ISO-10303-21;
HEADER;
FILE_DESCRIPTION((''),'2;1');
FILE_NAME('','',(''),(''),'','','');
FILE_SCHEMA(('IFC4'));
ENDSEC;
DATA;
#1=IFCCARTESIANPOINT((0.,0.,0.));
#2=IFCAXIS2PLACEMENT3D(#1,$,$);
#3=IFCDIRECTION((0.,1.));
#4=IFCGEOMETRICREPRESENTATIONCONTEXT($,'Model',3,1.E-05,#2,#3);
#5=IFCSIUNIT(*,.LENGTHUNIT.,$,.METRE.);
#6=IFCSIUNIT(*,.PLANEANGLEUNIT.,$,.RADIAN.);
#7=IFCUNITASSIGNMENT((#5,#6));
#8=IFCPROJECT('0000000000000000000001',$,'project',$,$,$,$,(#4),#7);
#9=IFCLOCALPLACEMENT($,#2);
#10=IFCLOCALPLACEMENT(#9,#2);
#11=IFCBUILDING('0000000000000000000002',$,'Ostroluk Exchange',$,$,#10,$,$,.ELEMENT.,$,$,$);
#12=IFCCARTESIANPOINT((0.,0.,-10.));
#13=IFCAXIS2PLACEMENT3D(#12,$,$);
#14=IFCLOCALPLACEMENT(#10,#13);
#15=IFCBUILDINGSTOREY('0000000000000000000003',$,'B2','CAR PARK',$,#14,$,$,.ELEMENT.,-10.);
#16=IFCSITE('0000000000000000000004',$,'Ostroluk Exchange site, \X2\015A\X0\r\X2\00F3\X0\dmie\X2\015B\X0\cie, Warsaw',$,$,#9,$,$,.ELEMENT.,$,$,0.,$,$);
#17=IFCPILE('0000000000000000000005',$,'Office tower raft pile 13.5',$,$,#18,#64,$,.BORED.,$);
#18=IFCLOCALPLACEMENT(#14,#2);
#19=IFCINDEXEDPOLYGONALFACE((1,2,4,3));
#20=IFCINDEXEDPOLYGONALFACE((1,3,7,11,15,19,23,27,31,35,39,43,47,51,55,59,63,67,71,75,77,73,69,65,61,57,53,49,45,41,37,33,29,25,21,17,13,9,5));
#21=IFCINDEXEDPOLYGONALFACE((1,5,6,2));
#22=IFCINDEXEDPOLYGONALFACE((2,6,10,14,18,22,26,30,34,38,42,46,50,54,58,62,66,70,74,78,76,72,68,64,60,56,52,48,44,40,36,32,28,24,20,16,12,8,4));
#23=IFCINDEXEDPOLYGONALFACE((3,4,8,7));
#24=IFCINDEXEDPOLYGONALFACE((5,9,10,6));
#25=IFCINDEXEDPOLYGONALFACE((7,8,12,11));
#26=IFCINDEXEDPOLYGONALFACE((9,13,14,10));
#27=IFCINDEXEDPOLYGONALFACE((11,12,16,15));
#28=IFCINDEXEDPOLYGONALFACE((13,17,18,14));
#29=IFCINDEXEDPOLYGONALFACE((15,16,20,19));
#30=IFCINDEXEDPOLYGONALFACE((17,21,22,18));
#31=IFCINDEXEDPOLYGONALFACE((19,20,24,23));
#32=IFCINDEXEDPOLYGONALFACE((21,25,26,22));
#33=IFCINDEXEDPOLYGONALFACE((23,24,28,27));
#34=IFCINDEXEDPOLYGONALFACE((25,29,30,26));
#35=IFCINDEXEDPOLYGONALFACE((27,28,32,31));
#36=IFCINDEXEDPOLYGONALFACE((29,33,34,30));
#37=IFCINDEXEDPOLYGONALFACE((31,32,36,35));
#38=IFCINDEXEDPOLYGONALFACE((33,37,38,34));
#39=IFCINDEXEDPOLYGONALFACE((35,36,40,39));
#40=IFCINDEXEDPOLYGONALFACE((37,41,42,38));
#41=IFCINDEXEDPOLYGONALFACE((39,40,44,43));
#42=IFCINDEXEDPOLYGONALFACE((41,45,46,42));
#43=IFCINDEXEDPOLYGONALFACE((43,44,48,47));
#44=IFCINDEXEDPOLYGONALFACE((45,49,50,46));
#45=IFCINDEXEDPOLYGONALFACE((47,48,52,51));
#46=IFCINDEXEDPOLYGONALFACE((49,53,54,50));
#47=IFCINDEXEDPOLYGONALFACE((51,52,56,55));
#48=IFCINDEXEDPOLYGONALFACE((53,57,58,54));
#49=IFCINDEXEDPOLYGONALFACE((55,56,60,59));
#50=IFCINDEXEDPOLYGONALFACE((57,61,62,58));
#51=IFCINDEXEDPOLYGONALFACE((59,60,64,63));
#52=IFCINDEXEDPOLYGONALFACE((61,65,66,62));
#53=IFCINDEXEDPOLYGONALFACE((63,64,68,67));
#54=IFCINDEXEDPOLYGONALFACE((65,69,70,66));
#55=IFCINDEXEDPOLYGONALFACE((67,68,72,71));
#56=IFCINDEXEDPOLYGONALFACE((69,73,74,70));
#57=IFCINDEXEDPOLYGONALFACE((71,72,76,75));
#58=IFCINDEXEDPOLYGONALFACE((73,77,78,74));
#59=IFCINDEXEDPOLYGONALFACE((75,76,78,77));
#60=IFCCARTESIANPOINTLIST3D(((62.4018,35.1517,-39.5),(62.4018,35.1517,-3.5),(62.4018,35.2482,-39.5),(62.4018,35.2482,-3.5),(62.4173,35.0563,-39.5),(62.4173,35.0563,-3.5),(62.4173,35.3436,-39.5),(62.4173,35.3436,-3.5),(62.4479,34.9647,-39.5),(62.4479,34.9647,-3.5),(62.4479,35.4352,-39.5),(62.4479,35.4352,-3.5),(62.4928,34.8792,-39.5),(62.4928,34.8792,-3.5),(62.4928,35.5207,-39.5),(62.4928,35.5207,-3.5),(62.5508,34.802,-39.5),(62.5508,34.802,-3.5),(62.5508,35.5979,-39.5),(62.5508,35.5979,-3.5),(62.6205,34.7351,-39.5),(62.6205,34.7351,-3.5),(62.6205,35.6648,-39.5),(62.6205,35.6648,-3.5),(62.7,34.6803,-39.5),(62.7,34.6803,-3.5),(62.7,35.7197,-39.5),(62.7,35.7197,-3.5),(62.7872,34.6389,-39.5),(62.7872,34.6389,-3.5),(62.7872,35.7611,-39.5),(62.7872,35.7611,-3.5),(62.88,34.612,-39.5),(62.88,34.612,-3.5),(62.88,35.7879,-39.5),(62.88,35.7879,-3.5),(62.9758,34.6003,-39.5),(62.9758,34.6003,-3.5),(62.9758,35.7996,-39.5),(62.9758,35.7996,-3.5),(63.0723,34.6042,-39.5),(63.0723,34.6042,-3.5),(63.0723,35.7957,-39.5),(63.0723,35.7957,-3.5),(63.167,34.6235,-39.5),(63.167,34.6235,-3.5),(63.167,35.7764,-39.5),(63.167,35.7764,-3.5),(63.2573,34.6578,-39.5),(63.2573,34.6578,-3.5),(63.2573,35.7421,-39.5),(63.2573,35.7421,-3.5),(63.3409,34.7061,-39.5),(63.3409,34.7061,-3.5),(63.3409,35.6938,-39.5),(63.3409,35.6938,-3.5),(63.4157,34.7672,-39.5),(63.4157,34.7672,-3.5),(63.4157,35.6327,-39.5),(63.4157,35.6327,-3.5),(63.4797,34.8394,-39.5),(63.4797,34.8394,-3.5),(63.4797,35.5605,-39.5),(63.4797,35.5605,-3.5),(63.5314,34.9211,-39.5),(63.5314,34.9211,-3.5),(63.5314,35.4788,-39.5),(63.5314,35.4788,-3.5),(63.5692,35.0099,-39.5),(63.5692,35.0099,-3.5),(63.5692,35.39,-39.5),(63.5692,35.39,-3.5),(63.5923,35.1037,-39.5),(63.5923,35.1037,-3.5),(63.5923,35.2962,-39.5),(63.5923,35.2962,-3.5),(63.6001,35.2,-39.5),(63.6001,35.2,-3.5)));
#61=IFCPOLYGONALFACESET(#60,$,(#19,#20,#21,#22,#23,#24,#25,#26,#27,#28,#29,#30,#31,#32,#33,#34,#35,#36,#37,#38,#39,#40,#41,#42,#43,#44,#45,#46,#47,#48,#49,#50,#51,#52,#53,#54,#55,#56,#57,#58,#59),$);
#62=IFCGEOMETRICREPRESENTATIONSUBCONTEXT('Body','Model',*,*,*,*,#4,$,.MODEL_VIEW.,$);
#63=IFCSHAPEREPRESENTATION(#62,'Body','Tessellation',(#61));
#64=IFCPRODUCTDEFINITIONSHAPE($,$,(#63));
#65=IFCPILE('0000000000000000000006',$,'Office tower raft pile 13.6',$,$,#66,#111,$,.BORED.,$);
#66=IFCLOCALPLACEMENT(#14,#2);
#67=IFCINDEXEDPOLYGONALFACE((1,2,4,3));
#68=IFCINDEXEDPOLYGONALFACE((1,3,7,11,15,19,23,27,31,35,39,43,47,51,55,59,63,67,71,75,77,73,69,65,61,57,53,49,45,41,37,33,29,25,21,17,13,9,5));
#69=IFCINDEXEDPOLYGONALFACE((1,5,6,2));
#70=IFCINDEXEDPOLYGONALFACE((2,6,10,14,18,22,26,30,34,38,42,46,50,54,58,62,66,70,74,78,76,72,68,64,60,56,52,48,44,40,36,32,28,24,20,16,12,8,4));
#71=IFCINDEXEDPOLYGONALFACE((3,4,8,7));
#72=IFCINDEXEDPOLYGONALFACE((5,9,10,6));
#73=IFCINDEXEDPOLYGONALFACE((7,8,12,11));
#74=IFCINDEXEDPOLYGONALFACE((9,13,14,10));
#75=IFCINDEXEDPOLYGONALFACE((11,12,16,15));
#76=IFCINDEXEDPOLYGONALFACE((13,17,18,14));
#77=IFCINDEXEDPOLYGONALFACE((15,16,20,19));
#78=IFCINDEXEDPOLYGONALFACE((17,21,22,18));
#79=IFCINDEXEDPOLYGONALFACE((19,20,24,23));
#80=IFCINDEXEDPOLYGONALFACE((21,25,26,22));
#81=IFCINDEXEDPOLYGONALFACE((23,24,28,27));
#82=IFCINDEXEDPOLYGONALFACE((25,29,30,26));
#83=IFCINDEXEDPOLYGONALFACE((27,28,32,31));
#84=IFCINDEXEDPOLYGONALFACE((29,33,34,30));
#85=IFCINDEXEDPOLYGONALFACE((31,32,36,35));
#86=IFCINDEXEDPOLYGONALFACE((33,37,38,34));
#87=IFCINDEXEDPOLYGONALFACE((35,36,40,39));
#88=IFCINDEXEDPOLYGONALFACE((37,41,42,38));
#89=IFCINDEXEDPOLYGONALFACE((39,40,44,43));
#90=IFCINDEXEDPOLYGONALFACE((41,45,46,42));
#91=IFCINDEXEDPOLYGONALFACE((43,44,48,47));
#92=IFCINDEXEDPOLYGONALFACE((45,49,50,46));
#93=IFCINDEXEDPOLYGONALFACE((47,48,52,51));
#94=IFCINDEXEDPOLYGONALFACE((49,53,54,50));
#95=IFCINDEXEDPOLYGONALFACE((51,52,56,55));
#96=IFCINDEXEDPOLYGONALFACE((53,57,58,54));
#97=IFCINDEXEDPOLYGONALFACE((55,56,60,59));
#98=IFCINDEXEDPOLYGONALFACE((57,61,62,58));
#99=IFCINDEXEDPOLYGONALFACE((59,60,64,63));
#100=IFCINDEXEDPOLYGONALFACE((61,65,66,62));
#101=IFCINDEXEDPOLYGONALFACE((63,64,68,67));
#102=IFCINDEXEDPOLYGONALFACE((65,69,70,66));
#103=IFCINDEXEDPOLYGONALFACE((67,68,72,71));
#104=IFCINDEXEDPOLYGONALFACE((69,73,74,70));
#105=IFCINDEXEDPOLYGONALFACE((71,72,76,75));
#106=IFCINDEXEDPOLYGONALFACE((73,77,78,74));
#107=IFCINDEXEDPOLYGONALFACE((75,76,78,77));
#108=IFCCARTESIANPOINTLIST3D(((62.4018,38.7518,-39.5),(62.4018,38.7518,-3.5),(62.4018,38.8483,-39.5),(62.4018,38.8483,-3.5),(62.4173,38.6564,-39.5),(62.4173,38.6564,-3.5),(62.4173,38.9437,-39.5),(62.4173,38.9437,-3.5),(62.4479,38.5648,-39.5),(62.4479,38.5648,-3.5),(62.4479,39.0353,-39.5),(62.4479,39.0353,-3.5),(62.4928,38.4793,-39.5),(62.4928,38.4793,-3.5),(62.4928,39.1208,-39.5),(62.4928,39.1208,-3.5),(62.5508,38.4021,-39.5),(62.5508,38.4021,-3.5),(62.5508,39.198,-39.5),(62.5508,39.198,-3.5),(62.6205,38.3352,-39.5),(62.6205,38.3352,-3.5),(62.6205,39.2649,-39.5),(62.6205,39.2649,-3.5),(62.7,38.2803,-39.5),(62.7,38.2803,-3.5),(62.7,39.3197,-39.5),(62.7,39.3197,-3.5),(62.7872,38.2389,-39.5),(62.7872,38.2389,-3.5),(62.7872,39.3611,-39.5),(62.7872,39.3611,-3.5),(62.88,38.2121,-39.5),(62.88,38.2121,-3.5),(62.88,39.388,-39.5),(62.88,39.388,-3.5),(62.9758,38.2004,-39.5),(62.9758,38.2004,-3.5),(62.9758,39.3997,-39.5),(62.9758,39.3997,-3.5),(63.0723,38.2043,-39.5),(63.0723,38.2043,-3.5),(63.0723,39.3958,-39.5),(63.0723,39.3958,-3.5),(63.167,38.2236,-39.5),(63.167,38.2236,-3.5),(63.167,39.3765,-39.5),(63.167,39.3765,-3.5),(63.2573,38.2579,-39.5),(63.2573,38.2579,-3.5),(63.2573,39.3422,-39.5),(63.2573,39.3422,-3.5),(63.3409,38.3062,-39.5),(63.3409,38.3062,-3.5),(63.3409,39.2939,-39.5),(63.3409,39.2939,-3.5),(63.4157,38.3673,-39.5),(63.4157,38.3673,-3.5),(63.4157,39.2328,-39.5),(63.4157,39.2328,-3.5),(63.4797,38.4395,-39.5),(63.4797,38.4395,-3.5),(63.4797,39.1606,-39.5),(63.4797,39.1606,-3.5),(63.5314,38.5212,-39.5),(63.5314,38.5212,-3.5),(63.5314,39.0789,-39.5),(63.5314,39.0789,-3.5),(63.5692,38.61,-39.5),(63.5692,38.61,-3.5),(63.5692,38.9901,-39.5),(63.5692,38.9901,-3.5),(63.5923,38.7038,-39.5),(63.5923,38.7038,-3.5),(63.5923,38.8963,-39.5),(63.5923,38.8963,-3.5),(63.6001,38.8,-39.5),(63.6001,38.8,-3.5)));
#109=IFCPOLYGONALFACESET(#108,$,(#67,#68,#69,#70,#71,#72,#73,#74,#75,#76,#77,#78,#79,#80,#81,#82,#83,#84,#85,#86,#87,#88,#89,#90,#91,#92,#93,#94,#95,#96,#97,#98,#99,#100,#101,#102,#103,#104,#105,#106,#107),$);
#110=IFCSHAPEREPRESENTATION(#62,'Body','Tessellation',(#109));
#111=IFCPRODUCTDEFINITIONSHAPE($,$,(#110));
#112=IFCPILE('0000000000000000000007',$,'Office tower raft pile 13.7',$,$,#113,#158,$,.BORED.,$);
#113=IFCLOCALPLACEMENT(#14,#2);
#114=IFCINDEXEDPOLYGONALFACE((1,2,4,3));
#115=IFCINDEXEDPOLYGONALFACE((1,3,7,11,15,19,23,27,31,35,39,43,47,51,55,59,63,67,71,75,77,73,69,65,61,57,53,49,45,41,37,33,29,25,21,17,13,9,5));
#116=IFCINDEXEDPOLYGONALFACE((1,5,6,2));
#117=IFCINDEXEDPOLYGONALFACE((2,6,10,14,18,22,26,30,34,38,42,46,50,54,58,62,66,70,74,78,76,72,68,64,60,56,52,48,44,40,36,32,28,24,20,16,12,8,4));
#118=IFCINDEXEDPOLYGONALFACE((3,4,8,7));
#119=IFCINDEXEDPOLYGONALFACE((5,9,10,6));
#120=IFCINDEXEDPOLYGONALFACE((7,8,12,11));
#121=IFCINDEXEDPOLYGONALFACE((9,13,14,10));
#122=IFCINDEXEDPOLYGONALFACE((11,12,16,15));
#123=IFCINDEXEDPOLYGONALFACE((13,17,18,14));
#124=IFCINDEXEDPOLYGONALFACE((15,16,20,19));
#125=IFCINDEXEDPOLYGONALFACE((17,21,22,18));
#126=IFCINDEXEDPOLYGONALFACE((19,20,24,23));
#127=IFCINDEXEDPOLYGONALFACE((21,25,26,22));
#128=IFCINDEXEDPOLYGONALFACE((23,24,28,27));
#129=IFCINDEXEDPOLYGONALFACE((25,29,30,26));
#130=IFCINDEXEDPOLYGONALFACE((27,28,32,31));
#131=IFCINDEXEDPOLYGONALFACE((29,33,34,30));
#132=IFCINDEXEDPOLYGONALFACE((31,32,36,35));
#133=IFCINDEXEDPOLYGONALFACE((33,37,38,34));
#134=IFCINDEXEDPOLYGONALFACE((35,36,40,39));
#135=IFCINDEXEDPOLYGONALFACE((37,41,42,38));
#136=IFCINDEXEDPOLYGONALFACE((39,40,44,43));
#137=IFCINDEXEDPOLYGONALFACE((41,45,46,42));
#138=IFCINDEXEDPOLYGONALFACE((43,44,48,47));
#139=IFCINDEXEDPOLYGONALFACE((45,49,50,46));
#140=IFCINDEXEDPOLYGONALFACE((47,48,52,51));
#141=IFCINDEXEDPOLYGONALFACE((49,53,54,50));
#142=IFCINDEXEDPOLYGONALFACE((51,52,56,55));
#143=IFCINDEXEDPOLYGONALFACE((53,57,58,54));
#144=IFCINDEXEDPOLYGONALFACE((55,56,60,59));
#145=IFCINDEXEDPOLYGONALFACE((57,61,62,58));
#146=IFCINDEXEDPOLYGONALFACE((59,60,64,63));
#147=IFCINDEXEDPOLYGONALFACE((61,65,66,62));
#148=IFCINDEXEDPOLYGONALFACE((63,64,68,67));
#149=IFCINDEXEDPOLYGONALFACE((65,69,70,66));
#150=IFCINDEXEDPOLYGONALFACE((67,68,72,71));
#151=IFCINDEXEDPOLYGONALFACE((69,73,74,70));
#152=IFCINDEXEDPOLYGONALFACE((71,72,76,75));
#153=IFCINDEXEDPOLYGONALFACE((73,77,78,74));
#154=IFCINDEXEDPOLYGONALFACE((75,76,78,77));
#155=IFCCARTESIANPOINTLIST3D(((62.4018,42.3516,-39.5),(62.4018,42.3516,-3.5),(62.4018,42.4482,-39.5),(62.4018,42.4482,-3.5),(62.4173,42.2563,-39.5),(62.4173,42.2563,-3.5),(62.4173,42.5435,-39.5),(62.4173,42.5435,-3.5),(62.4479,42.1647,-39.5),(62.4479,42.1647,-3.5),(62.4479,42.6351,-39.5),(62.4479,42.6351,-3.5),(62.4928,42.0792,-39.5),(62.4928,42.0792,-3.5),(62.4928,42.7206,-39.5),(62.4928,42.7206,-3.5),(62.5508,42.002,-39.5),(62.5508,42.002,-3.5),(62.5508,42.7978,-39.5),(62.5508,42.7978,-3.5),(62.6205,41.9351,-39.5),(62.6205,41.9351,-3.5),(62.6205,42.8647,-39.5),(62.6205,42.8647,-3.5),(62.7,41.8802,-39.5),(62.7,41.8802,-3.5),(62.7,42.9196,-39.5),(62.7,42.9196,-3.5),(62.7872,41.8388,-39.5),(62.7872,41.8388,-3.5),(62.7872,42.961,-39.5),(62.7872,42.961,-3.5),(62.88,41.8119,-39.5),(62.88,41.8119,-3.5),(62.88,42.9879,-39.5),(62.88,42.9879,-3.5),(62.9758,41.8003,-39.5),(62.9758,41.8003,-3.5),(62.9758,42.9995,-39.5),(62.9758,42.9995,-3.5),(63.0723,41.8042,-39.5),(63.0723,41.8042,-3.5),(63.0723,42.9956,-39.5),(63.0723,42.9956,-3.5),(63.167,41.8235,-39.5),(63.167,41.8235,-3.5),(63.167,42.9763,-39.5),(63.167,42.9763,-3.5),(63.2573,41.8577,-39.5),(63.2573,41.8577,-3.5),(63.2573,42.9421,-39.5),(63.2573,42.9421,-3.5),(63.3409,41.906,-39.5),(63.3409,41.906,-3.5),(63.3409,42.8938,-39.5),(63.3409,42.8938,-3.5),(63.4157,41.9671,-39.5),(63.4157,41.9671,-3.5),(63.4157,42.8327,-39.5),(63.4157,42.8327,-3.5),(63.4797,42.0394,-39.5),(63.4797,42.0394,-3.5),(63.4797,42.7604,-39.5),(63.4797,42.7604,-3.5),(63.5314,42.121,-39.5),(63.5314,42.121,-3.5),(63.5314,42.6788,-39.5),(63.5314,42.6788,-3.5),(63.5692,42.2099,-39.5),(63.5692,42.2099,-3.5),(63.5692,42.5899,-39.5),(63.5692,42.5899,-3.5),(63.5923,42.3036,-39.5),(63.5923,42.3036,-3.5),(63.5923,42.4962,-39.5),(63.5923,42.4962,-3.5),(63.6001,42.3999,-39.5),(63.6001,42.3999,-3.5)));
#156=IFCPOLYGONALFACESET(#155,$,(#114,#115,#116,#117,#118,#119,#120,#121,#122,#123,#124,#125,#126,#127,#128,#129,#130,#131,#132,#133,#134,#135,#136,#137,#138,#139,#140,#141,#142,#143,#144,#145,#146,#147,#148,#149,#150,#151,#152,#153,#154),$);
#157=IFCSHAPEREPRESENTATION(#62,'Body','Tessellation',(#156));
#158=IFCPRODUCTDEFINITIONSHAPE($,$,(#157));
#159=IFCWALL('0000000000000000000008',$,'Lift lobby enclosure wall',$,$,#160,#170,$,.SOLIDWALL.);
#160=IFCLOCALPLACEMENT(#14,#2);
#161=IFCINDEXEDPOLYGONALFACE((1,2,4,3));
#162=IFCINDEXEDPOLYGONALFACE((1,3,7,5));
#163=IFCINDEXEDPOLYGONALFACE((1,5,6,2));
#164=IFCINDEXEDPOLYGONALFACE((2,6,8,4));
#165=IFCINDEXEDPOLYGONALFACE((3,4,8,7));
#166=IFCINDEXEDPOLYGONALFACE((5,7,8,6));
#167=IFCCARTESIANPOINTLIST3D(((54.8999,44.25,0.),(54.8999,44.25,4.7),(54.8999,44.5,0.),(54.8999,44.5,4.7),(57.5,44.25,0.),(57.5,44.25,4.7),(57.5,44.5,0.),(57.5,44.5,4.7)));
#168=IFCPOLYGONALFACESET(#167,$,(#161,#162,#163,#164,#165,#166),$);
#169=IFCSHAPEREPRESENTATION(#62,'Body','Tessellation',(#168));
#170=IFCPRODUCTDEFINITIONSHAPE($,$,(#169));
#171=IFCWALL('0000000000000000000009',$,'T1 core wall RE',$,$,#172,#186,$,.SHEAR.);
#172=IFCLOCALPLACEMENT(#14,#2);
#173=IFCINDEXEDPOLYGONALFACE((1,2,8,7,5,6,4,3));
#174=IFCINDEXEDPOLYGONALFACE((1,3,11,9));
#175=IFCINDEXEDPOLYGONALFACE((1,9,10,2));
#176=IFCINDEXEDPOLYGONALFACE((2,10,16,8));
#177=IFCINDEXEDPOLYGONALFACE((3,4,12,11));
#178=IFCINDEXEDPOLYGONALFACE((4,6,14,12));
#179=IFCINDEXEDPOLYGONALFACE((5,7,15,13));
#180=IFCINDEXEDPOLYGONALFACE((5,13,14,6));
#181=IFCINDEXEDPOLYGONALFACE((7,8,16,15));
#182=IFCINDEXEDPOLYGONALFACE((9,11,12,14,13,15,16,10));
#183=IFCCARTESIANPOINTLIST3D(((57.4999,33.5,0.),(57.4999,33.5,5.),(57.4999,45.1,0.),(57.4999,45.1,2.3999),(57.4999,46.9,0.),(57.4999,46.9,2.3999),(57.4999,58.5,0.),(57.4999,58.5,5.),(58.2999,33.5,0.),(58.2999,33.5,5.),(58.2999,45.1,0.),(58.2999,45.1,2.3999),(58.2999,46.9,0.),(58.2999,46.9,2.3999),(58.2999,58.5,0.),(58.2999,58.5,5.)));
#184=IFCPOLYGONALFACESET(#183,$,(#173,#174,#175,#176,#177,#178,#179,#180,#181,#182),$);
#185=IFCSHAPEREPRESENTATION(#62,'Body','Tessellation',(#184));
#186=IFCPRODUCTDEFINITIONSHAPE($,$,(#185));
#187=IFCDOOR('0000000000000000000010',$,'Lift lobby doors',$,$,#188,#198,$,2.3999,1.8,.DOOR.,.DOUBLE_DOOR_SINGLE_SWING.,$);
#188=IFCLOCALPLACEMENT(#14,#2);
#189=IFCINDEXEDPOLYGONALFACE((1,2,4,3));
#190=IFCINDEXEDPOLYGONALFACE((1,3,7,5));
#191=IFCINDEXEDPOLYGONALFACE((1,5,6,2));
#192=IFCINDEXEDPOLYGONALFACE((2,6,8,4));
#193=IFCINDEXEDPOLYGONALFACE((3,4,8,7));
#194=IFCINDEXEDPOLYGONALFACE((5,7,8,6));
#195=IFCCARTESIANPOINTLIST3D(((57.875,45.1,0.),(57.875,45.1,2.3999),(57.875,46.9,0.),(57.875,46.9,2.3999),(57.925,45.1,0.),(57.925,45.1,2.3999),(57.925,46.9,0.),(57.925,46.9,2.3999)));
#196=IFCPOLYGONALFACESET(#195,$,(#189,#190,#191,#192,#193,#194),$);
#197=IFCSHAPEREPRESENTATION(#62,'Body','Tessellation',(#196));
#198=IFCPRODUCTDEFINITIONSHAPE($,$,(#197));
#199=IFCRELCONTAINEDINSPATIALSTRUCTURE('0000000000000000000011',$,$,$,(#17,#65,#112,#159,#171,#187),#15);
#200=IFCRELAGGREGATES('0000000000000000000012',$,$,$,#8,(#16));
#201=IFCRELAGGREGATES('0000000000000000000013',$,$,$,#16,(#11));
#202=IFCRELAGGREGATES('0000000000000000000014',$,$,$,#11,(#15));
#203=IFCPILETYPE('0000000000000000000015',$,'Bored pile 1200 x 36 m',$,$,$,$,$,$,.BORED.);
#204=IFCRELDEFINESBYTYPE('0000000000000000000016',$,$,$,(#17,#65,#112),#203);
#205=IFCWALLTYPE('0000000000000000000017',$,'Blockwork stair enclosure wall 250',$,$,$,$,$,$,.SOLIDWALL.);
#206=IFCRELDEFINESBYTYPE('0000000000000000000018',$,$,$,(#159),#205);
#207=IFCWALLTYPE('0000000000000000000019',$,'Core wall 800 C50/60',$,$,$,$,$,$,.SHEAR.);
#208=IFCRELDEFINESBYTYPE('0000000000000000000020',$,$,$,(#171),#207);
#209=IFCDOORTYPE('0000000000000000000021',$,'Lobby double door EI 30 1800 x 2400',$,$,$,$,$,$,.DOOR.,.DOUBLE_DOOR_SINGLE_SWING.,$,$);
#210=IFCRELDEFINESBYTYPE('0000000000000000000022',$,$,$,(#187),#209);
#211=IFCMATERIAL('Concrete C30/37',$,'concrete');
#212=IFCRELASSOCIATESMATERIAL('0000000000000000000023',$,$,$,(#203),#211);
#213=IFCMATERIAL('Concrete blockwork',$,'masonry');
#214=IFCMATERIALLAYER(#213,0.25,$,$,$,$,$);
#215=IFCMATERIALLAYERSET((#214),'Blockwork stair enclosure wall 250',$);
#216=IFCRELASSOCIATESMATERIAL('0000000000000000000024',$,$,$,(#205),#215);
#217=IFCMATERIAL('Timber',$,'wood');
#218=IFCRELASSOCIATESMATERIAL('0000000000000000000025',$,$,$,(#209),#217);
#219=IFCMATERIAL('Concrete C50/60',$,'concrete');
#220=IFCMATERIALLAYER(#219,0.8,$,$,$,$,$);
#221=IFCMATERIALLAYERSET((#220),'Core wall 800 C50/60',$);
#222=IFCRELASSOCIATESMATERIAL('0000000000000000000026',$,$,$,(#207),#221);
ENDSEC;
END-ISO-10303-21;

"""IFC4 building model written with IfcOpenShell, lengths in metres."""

from ifc_helpers import new_model, si_unit, direction, frame, frame_2d, origin, origin_2d, place, context, subcontext, project, spatial, rectangle, circle, extrude, material, layer, layer_set, type_object, element, fill, save


model = new_model("IFC4")

# Units and contexts
model_context = context("Model", 3, precision=1e-05, world=origin(), true_north=direction((0.0, 1.0)))
body_context = subcontext(model_context, "Body", "Model", "MODEL_VIEW")
ifc_project = project(units=[si_unit("LENGTHUNIT", "METRE"), si_unit("PLANEANGLEUNIT", "RADIAN")], contexts=[model_context])

# Site, building, storey
site_placement = place(None, origin())
site = spatial("IfcSite", under=ifc_project, at=site_placement, Name="Ostroluk Exchange site, Śródmieście, Warsaw", CompositionType="ELEMENT", RefElevation=0.0)
building_placement = place(site_placement, origin())
building = spatial("IfcBuilding", under=site, at=building_placement, Name="Ostroluk Exchange", CompositionType="ELEMENT")
storey_placement = place(building_placement, frame((0.0, 0.0, -10.0)))
storey = spatial("IfcBuildingStorey", under=building, at=storey_placement, Name="B2", Description="CAR PARK", CompositionType="ELEMENT", Elevation=-10.0)

# Piles
ifc_material_1 = material(Name="Concrete C30/37", Category="concrete")
pile_type = type_object("IfcPileType", Name="Bored pile 1200 x 36 m", PredefinedType="BORED", material=ifc_material_1)
for number, where, z_axis, x_axis, name in (
    (1, (63.0, 35.2, -3.5), (0.0, 0.0, -1.0), (1.0, 0.0, 0.0), "Office tower raft pile 13.5"),
    (2, (63.0, 38.8, -3.5), (0.0, 0.0, -1.0), (1.0, 0.0, 0.0), "Office tower raft pile 13.6"),
    (3, (63.0, 42.3999, -3.5), (0.0, 0.0, -1.0), (1.0, 0.0, 0.0), "Office tower raft pile 13.7"),
):
    element("IfcPile", number, at=place(storey_placement, frame(where, z_axis=z_axis, x_axis=x_axis)), inside=storey, type_object=pile_type, Name=name, PredefinedType="BORED", context=body_context, shape_type="SweptSolid", body=[
        extrude(circle(Radius=0.6001, at=origin_2d()), origin(), (0.0, 0.0, 1.0), 36.0),
    ])

# Wall
ifc_material_2 = material(Name="Concrete blockwork", Category="masonry")
ifc_layer_1 = layer(ifc_material_2, 0.25)
ifc_layer_set_1 = layer_set([ifc_layer_1], Name="Blockwork stair enclosure wall 250")
wall_type_1 = type_object("IfcWallType", Name="Blockwork stair enclosure wall 250", PredefinedType="SOLIDWALL", material=ifc_layer_set_1)
wall_1_placement = place(storey_placement, frame((54.8999, 44.375, 0.0), z_axis=(0.0, 0.0, 1.0), x_axis=(1.0, 0.0, 0.0)))
element("IfcWall", 4, at=wall_1_placement, inside=storey, type_object=wall_type_1, Name="Lift lobby enclosure wall", PredefinedType="SOLIDWALL", context=body_context, shape_type="SweptSolid", body=[
    extrude(rectangle(XDim=2.6001, YDim=0.25, at=frame_2d((1.3, 0.0))), origin(), (0.0, 0.0, 1.0), 4.7),
])

# Wall, opening, door
ifc_material_3 = material(Name="Timber", Category="wood")
door_type = type_object("IfcDoorType", Name="Lobby double door EI 30 1800 x 2400", OperationType="DOUBLE_DOOR_SINGLE_SWING", PredefinedType="DOOR", material=ifc_material_3)
ifc_material_4 = material(Name="Concrete C50/60", Category="concrete")
ifc_layer_2 = layer(ifc_material_4, 0.8)
ifc_layer_set_2 = layer_set([ifc_layer_2], Name="Core wall 800 C50/60")
wall_type_2 = type_object("IfcWallType", Name="Core wall 800 C50/60", PredefinedType="SHEAR", material=ifc_layer_set_2)
wall_2_placement = place(storey_placement, frame((57.8999, 33.5, 0.0), z_axis=(0.0, 0.0, 1.0), x_axis=(0.0, 1.0, 0.0)))
wall_2 = element("IfcWall", 5, at=wall_2_placement, inside=storey, type_object=wall_type_2, Name="T1 core wall RE", PredefinedType="SHEAR", context=body_context, shape_type="SweptSolid", body=[
    extrude(rectangle(XDim=25.0, YDim=0.8, at=frame_2d((12.5, 0.0))), origin(), (0.0, 0.0, 1.0), 5.0),
])
opening_1_placement = place(wall_2_placement, frame((11.6001, 0.0, 0.0)))
opening_1 = element("IfcOpeningElement", 6, at=opening_1_placement, cuts=wall_2, PredefinedType="OPENING", context=body_context, shape_type="SweptSolid", body=[
    extrude(rectangle(XDim=1.8, YDim=2.3999, at=frame_2d((0.8999, 1.2))), frame((0.0, 0.4099, 0.0), z_axis=(0.0, -1.0, 0.0), x_axis=(1.0, 0.0, 0.0)), (0.0, 0.0, 1.0), 0.8201),
])
door_1_placement = place(opening_1_placement, origin())
door_1 = element("IfcDoor", 7, at=door_1_placement, inside=storey, type_object=door_type, Name="Lift lobby doors", OperationType="DOUBLE_DOOR_SINGLE_SWING", OverallHeight=2.3999, OverallWidth=1.8, PredefinedType="DOOR", context=body_context, shape_type="SweptSolid", body=[
    extrude(rectangle(XDim=1.8, YDim=2.3999, at=frame_2d((0.8999, 1.2))), frame((0.0, 0.0249, 0.0), z_axis=(0.0, -1.0, 0.0), x_axis=(1.0, 0.0, 0.0)), (0.0, 0.0, 1.0), 0.05),
])
fill(opening_1, door_1)

save(model, "model.ifc")
